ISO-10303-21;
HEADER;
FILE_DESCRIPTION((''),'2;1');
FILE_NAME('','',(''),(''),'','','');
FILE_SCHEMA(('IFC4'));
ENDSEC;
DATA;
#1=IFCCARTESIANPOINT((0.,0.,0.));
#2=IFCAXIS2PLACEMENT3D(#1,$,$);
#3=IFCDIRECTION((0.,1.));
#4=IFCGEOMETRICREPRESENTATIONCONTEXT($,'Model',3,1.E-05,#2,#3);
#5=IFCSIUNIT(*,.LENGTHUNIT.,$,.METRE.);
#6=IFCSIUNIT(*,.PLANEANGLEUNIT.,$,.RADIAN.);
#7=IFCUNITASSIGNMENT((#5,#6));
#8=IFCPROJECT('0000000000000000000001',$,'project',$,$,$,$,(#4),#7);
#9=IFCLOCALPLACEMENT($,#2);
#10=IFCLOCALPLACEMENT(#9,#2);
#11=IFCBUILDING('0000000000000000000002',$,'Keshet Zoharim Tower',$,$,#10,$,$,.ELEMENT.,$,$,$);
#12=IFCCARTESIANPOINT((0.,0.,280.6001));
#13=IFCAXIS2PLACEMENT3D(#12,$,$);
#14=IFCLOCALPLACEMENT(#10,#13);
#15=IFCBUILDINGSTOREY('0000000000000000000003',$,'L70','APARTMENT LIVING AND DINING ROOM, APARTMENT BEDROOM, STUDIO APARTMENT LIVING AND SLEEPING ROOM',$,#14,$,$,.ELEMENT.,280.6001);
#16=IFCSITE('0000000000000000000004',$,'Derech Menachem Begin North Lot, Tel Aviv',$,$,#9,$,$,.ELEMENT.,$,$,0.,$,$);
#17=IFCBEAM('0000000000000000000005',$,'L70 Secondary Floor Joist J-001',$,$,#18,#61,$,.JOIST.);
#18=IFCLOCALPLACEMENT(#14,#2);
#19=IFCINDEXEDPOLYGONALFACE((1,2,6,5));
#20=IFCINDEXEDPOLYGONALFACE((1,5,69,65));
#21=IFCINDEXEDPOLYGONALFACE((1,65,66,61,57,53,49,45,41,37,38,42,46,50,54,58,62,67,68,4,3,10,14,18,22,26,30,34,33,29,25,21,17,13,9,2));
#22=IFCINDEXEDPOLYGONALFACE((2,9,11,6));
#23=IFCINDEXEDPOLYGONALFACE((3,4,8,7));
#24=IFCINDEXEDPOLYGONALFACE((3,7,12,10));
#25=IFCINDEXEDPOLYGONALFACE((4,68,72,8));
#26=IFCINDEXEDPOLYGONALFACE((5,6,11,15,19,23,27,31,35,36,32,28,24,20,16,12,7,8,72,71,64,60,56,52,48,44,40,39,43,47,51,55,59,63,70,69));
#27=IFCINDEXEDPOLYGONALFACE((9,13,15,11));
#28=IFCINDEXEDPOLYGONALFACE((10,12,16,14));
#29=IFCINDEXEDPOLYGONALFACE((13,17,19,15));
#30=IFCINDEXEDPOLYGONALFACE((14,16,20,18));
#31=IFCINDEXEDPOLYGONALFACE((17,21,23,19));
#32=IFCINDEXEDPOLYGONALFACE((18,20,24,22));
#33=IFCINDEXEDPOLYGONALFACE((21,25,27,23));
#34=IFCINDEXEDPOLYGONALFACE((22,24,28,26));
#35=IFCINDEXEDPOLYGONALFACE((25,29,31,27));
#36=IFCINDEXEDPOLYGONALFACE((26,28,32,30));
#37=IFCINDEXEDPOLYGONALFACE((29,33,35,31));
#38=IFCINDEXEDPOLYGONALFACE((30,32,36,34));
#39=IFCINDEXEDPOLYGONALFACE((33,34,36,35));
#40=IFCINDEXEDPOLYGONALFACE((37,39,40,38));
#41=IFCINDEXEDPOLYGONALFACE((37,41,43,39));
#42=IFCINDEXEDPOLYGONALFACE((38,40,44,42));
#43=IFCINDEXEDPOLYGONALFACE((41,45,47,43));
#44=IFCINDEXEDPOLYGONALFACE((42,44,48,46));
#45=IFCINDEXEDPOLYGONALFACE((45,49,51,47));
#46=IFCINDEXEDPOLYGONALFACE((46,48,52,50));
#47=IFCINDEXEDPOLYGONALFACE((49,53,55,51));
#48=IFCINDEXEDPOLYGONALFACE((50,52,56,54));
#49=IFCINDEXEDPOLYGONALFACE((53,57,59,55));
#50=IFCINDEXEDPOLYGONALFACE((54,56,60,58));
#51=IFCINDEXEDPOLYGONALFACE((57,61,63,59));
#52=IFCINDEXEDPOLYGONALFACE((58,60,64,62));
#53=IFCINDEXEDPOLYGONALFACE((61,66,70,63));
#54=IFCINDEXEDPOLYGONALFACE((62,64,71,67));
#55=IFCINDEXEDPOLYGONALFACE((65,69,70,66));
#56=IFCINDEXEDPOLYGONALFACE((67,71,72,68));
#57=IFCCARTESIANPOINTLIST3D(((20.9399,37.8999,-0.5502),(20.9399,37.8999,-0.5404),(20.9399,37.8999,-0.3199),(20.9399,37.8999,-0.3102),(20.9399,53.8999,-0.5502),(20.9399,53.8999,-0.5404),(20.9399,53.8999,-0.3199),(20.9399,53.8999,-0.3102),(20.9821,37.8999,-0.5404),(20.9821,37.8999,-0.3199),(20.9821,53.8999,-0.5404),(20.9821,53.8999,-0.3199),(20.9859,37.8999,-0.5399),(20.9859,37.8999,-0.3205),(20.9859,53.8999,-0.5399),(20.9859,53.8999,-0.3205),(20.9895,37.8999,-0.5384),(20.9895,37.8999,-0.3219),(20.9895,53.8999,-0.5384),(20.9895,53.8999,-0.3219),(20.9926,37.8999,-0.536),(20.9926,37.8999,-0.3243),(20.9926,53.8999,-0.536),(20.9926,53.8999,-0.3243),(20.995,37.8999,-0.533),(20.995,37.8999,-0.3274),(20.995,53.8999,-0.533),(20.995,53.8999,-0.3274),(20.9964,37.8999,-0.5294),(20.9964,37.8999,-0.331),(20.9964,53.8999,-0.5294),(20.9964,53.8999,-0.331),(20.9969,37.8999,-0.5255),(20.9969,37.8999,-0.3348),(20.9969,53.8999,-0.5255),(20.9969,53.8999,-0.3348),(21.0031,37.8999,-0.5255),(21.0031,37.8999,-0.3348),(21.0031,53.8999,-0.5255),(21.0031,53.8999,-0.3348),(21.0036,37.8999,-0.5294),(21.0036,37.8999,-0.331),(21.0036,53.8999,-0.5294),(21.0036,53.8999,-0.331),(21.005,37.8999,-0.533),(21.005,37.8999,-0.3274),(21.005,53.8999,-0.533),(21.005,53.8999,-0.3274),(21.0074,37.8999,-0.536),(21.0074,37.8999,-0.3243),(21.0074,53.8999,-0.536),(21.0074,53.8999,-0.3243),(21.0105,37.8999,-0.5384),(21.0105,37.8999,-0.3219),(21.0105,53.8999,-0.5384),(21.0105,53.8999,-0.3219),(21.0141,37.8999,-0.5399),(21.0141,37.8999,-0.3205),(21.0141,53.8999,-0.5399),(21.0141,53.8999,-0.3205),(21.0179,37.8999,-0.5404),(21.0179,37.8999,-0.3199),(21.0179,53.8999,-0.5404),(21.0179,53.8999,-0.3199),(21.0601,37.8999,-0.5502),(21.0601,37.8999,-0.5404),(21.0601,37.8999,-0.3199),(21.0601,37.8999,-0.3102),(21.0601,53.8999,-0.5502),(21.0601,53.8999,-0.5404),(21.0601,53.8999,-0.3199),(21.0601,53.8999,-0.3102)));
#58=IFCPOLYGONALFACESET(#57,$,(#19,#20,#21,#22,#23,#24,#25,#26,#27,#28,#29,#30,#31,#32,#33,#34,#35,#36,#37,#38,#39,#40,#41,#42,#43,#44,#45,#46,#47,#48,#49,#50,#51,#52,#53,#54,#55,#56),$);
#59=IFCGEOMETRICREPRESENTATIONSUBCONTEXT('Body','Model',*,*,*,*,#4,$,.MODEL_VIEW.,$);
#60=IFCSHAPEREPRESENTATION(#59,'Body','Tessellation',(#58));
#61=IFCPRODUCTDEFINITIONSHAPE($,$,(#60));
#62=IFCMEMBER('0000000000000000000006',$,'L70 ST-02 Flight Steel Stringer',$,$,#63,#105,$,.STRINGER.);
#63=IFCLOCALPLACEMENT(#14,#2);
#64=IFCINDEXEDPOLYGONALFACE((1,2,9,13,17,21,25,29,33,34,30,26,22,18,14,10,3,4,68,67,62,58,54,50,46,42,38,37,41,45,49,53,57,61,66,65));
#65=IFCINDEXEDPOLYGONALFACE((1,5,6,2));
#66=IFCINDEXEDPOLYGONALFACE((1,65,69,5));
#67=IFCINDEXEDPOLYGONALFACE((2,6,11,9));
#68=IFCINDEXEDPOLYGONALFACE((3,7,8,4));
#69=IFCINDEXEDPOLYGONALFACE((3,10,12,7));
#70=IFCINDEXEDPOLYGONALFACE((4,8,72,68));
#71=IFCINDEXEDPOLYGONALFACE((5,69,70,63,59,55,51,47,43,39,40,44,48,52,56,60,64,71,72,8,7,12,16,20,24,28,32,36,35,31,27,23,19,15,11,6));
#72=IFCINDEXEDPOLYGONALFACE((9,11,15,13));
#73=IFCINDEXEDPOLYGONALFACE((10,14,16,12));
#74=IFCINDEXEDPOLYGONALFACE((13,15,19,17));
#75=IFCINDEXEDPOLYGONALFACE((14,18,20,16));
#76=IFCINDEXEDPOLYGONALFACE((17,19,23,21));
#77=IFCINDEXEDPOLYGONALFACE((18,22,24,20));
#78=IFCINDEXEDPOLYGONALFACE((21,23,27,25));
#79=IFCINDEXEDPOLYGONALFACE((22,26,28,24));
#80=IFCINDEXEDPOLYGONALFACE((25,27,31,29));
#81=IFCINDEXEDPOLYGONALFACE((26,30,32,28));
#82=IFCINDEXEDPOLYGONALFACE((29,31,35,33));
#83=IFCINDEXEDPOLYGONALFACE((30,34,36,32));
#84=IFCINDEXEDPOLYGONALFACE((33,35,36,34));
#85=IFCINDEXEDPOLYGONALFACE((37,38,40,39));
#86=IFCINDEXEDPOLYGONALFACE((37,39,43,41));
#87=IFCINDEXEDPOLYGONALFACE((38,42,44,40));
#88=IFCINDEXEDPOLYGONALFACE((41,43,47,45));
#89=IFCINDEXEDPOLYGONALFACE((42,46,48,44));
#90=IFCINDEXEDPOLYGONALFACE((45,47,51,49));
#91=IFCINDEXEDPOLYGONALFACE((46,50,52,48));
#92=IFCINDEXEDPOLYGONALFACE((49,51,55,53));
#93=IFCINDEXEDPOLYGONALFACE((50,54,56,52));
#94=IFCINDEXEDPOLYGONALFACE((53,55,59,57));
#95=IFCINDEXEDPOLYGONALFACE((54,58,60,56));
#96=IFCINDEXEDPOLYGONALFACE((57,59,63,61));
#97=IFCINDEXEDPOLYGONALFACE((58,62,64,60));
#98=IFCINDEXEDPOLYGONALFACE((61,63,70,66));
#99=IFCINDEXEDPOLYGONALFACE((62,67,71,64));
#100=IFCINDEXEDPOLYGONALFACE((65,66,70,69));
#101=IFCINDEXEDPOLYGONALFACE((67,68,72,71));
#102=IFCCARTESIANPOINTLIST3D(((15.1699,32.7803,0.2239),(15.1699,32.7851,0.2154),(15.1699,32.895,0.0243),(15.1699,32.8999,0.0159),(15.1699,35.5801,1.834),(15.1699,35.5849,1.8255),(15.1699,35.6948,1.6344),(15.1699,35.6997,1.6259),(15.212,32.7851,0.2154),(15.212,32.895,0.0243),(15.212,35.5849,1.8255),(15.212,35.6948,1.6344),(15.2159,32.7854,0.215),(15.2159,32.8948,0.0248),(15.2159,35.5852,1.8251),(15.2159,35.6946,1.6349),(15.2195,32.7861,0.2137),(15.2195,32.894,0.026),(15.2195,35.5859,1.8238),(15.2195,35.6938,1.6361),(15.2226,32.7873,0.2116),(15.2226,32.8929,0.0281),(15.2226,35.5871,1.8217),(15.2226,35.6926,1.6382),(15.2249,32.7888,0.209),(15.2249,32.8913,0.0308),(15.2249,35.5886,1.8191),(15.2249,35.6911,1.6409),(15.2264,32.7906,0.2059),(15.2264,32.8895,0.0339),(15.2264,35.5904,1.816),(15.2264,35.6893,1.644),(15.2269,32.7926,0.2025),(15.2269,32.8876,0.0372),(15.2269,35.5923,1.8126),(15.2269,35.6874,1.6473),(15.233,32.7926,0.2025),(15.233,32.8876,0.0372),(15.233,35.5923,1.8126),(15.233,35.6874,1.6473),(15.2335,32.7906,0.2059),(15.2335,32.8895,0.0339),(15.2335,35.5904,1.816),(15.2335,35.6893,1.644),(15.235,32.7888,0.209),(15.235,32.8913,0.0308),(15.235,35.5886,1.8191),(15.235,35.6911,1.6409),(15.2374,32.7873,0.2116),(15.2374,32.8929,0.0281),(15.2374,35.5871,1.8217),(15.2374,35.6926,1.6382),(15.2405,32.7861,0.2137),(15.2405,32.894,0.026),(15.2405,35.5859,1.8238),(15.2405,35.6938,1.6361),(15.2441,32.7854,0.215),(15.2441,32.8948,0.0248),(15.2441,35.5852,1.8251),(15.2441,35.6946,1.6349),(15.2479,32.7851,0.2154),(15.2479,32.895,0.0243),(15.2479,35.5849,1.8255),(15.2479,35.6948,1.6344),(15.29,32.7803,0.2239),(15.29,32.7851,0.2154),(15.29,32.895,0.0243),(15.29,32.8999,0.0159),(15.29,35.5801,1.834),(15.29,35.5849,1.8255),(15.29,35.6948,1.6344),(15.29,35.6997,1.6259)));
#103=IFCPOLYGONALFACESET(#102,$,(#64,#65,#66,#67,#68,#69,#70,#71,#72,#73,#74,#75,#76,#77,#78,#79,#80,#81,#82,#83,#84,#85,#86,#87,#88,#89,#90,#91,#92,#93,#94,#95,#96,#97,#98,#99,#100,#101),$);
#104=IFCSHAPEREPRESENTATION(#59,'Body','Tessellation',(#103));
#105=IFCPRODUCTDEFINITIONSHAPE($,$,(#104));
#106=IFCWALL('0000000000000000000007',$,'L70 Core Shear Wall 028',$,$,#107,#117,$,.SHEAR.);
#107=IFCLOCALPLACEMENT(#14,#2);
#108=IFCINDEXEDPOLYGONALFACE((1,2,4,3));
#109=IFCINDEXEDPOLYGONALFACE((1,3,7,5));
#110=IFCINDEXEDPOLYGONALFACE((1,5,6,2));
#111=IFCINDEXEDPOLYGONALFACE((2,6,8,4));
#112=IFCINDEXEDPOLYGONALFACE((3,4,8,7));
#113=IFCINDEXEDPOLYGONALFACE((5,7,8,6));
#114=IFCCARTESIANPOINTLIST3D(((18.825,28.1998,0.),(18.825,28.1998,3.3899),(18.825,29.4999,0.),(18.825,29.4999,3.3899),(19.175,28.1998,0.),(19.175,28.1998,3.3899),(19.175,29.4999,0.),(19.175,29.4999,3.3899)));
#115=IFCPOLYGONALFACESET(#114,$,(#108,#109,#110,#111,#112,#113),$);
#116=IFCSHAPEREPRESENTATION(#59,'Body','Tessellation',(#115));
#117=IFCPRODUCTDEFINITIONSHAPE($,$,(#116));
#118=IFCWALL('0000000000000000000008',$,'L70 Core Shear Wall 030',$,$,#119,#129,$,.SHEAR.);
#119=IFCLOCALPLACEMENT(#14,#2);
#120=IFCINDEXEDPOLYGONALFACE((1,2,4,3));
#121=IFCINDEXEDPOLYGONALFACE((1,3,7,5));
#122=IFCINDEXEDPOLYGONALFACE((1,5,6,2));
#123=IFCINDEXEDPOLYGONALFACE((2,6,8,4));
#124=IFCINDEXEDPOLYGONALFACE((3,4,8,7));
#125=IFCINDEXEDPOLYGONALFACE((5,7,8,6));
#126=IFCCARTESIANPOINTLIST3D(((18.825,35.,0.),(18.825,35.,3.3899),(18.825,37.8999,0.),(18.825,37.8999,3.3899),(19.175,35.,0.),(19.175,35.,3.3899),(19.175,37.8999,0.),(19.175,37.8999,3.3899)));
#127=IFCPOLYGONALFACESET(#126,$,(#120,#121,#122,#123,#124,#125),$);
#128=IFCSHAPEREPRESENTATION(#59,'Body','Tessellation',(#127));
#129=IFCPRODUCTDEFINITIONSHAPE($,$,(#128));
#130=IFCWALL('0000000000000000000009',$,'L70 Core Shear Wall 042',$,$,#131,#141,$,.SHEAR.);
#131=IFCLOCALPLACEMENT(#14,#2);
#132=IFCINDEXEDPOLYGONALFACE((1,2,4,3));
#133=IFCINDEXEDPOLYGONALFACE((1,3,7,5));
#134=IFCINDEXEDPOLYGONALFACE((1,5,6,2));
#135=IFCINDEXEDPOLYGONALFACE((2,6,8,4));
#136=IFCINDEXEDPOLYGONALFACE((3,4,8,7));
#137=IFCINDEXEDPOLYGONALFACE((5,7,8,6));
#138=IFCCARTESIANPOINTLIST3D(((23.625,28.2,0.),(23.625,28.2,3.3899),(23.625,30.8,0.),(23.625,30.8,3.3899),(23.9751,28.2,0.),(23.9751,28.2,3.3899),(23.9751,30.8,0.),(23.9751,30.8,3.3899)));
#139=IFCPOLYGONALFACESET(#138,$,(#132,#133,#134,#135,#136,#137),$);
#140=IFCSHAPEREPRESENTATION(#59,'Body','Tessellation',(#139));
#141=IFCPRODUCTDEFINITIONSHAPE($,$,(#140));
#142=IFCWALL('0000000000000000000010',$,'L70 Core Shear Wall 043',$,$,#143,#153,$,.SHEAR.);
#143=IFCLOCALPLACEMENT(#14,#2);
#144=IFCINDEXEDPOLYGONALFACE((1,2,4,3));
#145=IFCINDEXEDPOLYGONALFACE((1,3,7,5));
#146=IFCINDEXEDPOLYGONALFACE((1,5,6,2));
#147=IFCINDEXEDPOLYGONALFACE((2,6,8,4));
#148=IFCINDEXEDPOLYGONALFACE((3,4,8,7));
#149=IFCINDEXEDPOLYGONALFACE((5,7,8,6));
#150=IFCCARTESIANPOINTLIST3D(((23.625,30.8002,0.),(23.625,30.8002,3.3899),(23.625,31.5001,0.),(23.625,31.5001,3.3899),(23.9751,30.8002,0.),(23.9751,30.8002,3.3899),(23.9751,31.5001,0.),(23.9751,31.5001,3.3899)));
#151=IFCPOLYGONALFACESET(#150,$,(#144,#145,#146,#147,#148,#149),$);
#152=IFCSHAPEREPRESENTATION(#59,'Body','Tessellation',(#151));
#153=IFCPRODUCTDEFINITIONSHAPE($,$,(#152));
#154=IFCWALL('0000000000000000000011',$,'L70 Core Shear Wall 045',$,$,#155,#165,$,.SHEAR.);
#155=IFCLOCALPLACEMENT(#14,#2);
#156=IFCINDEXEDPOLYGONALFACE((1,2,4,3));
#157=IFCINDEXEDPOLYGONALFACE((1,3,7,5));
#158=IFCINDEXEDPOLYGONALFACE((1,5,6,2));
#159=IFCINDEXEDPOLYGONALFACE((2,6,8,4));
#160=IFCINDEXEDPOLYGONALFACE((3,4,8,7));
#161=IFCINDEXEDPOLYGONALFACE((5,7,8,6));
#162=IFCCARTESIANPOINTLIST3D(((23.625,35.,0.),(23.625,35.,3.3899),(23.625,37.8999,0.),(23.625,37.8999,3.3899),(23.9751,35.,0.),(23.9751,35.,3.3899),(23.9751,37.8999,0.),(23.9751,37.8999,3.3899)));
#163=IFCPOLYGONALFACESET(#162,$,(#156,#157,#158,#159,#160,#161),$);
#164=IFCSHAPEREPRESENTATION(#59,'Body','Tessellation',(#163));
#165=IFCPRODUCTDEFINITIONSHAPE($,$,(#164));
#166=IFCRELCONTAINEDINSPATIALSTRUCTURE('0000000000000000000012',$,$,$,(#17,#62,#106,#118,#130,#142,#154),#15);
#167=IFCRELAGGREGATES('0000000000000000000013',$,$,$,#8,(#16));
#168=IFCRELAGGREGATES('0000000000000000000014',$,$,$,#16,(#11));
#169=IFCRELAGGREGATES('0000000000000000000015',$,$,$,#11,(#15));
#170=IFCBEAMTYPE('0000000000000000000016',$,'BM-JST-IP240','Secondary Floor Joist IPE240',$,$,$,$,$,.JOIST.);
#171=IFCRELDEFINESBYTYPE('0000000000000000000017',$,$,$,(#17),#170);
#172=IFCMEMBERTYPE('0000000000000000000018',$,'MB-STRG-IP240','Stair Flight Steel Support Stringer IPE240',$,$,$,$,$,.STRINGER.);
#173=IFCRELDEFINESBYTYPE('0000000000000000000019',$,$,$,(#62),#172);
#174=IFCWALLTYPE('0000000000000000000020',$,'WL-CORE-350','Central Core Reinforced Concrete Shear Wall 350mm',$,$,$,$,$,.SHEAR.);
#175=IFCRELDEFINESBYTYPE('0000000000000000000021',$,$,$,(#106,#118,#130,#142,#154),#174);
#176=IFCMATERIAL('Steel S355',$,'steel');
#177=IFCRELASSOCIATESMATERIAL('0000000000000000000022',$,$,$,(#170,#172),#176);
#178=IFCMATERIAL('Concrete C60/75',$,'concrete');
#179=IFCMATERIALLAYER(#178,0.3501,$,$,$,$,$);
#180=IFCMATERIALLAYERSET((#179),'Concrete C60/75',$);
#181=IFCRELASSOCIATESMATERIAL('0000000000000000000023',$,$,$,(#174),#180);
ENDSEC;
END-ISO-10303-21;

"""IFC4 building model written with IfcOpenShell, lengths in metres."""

from ifc_helpers import new_model, si_unit, direction, frame, frame_2d, origin, origin_2d, place, context, subcontext, project, spatial, rectangle, i_section, extrude, material, layer, layer_set, material_profile, profile_set, type_object, element, save


model = new_model("IFC4")

# Units and contexts
model_context = context("Model", 3, precision=1e-05, world=origin(), true_north=direction((0.0, 1.0)))
body_context = subcontext(model_context, "Body", "Model", "MODEL_VIEW")
ifc_project = project(units=[si_unit("LENGTHUNIT", "METRE"), si_unit("PLANEANGLEUNIT", "RADIAN")], contexts=[model_context])

# Site, building, storey
site_placement = place(None, origin())
site = spatial("IfcSite", under=ifc_project, at=site_placement, Name="Derech Menachem Begin North Lot, Tel Aviv", CompositionType="ELEMENT", RefElevation=0.0)
building_placement = place(site_placement, origin())
building = spatial("IfcBuilding", under=site, at=building_placement, Name="Keshet Zoharim Tower", CompositionType="ELEMENT")
storey_placement = place(building_placement, frame((0.0, 0.0, 280.6001)))
storey = spatial("IfcBuildingStorey", under=building, at=storey_placement, Name="L70", Description="APARTMENT LIVING AND DINING ROOM, APARTMENT BEDROOM, STUDIO APARTMENT LIVING AND SLEEPING ROOM", CompositionType="ELEMENT", Elevation=280.6001)

# Beam
ifc_material_1 = material(Name="Steel S355", Category="steel")
ifc_material_profile_1 = material_profile(ifc_material_1, i_section(OverallWidth=0.1201, OverallDepth=0.24, WebThickness=0.0061, FlangeThickness=0.0098, FilletRadius=0.0149, at=origin_2d()), Name="IPE240")
ifc_profile_set_1 = profile_set([ifc_material_profile_1], Name="Steel S355")
beam_type = type_object("IfcBeamType", Name="BM-JST-IP240", Description="Secondary Floor Joist IPE240", PredefinedType="JOIST", material=ifc_profile_set_1)
beam_placement = place(storey_placement, frame((21.0, 37.8999, -0.4302), z_axis=(0.0, 1.0, 0.0), x_axis=(-1.0, 0.0, 0.0)))
element("IfcBeam", 1, at=beam_placement, inside=storey, type_object=beam_type, Name="L70 Secondary Floor Joist J-001", PredefinedType="JOIST", context=body_context, shape_type="SweptSolid", body=[
    extrude(i_section(OverallWidth=0.1201, OverallDepth=0.24, WebThickness=0.0061, FlangeThickness=0.0098, FilletRadius=0.0149, at=origin_2d()), origin(), (0.0, 0.0, 1.0), 16.0),
])

# Member
ifc_material_profile_2 = material_profile(ifc_material_1, i_section(OverallWidth=0.1201, OverallDepth=0.24, WebThickness=0.0061, FlangeThickness=0.0098, FilletRadius=0.0149, at=origin_2d()), Name="IPE240")
ifc_profile_set_2 = profile_set([ifc_material_profile_2], Name="Steel S355")
member_type = type_object("IfcMemberType", Name="MB-STRG-IP240", Description="Stair Flight Steel Support Stringer IPE240", PredefinedType="STRINGER", material=ifc_profile_set_2)
member_placement = place(storey_placement, frame((15.23, 32.8401, 0.1199), z_axis=(0.0, 0.866877, 0.498522), x_axis=(-1.0, 0.0, 0.0)))
element("IfcMember", 2, at=member_placement, inside=storey, type_object=member_type, Name="L70 ST-02 Flight Steel Stringer", PredefinedType="STRINGER", context=body_context, shape_type="SweptSolid", body=[
    extrude(i_section(OverallWidth=0.1201, OverallDepth=0.24, WebThickness=0.0061, FlangeThickness=0.0098, FilletRadius=0.0149, at=origin_2d()), origin(), (0.0, 0.0, 1.0), 3.2297),
])

# Wall
ifc_material_2 = material(Name="Concrete C60/75", Category="concrete")
ifc_layer_1 = layer(ifc_material_2, 0.3501)
ifc_layer_set_1 = layer_set([ifc_layer_1], Name="Concrete C60/75")
wall_type_1 = type_object("IfcWallType", Name="WL-CORE-350", Description="Central Core Reinforced Concrete Shear Wall 350mm", PredefinedType="SHEAR", material=ifc_layer_set_1)
wall_1_placement = place(storey_placement, frame((19.0, 28.2, 0.0), z_axis=(0.0, 0.0, 1.0), x_axis=(0.0, 1.0, 0.0)))
element("IfcWall", 3, at=wall_1_placement, inside=storey, type_object=wall_type_1, Name="L70 Core Shear Wall 028", PredefinedType="SHEAR", context=body_context, shape_type="SweptSolid", body=[
    extrude(rectangle(XDim=1.3, YDim=0.3501, at=frame_2d((0.6499, 0.0))), origin(), (0.0, 0.0, 1.0), 3.3899),
])

# Walls
wall_2_placement = place(storey_placement, frame((19.0, 35.0, 0.0), z_axis=(0.0, 0.0, 1.0), x_axis=(0.0, 1.0, 0.0)))
element("IfcWall", 4, at=wall_2_placement, inside=storey, type_object=wall_type_1, Name="L70 Core Shear Wall 030", PredefinedType="SHEAR", context=body_context, shape_type="SweptSolid", body=[
    extrude(rectangle(XDim=2.8999, YDim=0.3501, at=frame_2d((1.45, 0.0))), origin(), (0.0, 0.0, 1.0), 3.3899),
])
wall_3_placement = place(storey_placement, frame((23.8, 28.2, 0.0), z_axis=(0.0, 0.0, 1.0), x_axis=(0.0, 1.0, 0.0)))
element("IfcWall", 5, at=wall_3_placement, inside=storey, type_object=wall_type_1, Name="L70 Core Shear Wall 042", PredefinedType="SHEAR", context=body_context, shape_type="SweptSolid", body=[
    extrude(rectangle(XDim=2.6001, YDim=0.3501, at=frame_2d((1.3, 0.0))), origin(), (0.0, 0.0, 1.0), 3.3899),
])
wall_4_placement = place(storey_placement, frame((23.8, 30.8, 0.0), z_axis=(0.0, 0.0, 1.0), x_axis=(0.0, 1.0, 0.0)))
element("IfcWall", 6, at=wall_4_placement, inside=storey, type_object=wall_type_1, Name="L70 Core Shear Wall 043", PredefinedType="SHEAR", context=body_context, shape_type="SweptSolid", body=[
    extrude(rectangle(XDim=0.7, YDim=0.3501, at=frame_2d((0.3501, 0.0))), origin(), (0.0, 0.0, 1.0), 3.3899),
])

# Wall
wall_5_placement = place(storey_placement, frame((23.8, 35.0, 0.0), z_axis=(0.0, 0.0, 1.0), x_axis=(0.0, 1.0, 0.0)))
element("IfcWall", 7, at=wall_5_placement, inside=storey, type_object=wall_type_1, Name="L70 Core Shear Wall 045", PredefinedType="SHEAR", context=body_context, shape_type="SweptSolid", body=[
    extrude(rectangle(XDim=2.8999, YDim=0.3501, at=frame_2d((1.45, 0.0))), origin(), (0.0, 0.0, 1.0), 3.3899),
])

save(model, "model.ifc")
